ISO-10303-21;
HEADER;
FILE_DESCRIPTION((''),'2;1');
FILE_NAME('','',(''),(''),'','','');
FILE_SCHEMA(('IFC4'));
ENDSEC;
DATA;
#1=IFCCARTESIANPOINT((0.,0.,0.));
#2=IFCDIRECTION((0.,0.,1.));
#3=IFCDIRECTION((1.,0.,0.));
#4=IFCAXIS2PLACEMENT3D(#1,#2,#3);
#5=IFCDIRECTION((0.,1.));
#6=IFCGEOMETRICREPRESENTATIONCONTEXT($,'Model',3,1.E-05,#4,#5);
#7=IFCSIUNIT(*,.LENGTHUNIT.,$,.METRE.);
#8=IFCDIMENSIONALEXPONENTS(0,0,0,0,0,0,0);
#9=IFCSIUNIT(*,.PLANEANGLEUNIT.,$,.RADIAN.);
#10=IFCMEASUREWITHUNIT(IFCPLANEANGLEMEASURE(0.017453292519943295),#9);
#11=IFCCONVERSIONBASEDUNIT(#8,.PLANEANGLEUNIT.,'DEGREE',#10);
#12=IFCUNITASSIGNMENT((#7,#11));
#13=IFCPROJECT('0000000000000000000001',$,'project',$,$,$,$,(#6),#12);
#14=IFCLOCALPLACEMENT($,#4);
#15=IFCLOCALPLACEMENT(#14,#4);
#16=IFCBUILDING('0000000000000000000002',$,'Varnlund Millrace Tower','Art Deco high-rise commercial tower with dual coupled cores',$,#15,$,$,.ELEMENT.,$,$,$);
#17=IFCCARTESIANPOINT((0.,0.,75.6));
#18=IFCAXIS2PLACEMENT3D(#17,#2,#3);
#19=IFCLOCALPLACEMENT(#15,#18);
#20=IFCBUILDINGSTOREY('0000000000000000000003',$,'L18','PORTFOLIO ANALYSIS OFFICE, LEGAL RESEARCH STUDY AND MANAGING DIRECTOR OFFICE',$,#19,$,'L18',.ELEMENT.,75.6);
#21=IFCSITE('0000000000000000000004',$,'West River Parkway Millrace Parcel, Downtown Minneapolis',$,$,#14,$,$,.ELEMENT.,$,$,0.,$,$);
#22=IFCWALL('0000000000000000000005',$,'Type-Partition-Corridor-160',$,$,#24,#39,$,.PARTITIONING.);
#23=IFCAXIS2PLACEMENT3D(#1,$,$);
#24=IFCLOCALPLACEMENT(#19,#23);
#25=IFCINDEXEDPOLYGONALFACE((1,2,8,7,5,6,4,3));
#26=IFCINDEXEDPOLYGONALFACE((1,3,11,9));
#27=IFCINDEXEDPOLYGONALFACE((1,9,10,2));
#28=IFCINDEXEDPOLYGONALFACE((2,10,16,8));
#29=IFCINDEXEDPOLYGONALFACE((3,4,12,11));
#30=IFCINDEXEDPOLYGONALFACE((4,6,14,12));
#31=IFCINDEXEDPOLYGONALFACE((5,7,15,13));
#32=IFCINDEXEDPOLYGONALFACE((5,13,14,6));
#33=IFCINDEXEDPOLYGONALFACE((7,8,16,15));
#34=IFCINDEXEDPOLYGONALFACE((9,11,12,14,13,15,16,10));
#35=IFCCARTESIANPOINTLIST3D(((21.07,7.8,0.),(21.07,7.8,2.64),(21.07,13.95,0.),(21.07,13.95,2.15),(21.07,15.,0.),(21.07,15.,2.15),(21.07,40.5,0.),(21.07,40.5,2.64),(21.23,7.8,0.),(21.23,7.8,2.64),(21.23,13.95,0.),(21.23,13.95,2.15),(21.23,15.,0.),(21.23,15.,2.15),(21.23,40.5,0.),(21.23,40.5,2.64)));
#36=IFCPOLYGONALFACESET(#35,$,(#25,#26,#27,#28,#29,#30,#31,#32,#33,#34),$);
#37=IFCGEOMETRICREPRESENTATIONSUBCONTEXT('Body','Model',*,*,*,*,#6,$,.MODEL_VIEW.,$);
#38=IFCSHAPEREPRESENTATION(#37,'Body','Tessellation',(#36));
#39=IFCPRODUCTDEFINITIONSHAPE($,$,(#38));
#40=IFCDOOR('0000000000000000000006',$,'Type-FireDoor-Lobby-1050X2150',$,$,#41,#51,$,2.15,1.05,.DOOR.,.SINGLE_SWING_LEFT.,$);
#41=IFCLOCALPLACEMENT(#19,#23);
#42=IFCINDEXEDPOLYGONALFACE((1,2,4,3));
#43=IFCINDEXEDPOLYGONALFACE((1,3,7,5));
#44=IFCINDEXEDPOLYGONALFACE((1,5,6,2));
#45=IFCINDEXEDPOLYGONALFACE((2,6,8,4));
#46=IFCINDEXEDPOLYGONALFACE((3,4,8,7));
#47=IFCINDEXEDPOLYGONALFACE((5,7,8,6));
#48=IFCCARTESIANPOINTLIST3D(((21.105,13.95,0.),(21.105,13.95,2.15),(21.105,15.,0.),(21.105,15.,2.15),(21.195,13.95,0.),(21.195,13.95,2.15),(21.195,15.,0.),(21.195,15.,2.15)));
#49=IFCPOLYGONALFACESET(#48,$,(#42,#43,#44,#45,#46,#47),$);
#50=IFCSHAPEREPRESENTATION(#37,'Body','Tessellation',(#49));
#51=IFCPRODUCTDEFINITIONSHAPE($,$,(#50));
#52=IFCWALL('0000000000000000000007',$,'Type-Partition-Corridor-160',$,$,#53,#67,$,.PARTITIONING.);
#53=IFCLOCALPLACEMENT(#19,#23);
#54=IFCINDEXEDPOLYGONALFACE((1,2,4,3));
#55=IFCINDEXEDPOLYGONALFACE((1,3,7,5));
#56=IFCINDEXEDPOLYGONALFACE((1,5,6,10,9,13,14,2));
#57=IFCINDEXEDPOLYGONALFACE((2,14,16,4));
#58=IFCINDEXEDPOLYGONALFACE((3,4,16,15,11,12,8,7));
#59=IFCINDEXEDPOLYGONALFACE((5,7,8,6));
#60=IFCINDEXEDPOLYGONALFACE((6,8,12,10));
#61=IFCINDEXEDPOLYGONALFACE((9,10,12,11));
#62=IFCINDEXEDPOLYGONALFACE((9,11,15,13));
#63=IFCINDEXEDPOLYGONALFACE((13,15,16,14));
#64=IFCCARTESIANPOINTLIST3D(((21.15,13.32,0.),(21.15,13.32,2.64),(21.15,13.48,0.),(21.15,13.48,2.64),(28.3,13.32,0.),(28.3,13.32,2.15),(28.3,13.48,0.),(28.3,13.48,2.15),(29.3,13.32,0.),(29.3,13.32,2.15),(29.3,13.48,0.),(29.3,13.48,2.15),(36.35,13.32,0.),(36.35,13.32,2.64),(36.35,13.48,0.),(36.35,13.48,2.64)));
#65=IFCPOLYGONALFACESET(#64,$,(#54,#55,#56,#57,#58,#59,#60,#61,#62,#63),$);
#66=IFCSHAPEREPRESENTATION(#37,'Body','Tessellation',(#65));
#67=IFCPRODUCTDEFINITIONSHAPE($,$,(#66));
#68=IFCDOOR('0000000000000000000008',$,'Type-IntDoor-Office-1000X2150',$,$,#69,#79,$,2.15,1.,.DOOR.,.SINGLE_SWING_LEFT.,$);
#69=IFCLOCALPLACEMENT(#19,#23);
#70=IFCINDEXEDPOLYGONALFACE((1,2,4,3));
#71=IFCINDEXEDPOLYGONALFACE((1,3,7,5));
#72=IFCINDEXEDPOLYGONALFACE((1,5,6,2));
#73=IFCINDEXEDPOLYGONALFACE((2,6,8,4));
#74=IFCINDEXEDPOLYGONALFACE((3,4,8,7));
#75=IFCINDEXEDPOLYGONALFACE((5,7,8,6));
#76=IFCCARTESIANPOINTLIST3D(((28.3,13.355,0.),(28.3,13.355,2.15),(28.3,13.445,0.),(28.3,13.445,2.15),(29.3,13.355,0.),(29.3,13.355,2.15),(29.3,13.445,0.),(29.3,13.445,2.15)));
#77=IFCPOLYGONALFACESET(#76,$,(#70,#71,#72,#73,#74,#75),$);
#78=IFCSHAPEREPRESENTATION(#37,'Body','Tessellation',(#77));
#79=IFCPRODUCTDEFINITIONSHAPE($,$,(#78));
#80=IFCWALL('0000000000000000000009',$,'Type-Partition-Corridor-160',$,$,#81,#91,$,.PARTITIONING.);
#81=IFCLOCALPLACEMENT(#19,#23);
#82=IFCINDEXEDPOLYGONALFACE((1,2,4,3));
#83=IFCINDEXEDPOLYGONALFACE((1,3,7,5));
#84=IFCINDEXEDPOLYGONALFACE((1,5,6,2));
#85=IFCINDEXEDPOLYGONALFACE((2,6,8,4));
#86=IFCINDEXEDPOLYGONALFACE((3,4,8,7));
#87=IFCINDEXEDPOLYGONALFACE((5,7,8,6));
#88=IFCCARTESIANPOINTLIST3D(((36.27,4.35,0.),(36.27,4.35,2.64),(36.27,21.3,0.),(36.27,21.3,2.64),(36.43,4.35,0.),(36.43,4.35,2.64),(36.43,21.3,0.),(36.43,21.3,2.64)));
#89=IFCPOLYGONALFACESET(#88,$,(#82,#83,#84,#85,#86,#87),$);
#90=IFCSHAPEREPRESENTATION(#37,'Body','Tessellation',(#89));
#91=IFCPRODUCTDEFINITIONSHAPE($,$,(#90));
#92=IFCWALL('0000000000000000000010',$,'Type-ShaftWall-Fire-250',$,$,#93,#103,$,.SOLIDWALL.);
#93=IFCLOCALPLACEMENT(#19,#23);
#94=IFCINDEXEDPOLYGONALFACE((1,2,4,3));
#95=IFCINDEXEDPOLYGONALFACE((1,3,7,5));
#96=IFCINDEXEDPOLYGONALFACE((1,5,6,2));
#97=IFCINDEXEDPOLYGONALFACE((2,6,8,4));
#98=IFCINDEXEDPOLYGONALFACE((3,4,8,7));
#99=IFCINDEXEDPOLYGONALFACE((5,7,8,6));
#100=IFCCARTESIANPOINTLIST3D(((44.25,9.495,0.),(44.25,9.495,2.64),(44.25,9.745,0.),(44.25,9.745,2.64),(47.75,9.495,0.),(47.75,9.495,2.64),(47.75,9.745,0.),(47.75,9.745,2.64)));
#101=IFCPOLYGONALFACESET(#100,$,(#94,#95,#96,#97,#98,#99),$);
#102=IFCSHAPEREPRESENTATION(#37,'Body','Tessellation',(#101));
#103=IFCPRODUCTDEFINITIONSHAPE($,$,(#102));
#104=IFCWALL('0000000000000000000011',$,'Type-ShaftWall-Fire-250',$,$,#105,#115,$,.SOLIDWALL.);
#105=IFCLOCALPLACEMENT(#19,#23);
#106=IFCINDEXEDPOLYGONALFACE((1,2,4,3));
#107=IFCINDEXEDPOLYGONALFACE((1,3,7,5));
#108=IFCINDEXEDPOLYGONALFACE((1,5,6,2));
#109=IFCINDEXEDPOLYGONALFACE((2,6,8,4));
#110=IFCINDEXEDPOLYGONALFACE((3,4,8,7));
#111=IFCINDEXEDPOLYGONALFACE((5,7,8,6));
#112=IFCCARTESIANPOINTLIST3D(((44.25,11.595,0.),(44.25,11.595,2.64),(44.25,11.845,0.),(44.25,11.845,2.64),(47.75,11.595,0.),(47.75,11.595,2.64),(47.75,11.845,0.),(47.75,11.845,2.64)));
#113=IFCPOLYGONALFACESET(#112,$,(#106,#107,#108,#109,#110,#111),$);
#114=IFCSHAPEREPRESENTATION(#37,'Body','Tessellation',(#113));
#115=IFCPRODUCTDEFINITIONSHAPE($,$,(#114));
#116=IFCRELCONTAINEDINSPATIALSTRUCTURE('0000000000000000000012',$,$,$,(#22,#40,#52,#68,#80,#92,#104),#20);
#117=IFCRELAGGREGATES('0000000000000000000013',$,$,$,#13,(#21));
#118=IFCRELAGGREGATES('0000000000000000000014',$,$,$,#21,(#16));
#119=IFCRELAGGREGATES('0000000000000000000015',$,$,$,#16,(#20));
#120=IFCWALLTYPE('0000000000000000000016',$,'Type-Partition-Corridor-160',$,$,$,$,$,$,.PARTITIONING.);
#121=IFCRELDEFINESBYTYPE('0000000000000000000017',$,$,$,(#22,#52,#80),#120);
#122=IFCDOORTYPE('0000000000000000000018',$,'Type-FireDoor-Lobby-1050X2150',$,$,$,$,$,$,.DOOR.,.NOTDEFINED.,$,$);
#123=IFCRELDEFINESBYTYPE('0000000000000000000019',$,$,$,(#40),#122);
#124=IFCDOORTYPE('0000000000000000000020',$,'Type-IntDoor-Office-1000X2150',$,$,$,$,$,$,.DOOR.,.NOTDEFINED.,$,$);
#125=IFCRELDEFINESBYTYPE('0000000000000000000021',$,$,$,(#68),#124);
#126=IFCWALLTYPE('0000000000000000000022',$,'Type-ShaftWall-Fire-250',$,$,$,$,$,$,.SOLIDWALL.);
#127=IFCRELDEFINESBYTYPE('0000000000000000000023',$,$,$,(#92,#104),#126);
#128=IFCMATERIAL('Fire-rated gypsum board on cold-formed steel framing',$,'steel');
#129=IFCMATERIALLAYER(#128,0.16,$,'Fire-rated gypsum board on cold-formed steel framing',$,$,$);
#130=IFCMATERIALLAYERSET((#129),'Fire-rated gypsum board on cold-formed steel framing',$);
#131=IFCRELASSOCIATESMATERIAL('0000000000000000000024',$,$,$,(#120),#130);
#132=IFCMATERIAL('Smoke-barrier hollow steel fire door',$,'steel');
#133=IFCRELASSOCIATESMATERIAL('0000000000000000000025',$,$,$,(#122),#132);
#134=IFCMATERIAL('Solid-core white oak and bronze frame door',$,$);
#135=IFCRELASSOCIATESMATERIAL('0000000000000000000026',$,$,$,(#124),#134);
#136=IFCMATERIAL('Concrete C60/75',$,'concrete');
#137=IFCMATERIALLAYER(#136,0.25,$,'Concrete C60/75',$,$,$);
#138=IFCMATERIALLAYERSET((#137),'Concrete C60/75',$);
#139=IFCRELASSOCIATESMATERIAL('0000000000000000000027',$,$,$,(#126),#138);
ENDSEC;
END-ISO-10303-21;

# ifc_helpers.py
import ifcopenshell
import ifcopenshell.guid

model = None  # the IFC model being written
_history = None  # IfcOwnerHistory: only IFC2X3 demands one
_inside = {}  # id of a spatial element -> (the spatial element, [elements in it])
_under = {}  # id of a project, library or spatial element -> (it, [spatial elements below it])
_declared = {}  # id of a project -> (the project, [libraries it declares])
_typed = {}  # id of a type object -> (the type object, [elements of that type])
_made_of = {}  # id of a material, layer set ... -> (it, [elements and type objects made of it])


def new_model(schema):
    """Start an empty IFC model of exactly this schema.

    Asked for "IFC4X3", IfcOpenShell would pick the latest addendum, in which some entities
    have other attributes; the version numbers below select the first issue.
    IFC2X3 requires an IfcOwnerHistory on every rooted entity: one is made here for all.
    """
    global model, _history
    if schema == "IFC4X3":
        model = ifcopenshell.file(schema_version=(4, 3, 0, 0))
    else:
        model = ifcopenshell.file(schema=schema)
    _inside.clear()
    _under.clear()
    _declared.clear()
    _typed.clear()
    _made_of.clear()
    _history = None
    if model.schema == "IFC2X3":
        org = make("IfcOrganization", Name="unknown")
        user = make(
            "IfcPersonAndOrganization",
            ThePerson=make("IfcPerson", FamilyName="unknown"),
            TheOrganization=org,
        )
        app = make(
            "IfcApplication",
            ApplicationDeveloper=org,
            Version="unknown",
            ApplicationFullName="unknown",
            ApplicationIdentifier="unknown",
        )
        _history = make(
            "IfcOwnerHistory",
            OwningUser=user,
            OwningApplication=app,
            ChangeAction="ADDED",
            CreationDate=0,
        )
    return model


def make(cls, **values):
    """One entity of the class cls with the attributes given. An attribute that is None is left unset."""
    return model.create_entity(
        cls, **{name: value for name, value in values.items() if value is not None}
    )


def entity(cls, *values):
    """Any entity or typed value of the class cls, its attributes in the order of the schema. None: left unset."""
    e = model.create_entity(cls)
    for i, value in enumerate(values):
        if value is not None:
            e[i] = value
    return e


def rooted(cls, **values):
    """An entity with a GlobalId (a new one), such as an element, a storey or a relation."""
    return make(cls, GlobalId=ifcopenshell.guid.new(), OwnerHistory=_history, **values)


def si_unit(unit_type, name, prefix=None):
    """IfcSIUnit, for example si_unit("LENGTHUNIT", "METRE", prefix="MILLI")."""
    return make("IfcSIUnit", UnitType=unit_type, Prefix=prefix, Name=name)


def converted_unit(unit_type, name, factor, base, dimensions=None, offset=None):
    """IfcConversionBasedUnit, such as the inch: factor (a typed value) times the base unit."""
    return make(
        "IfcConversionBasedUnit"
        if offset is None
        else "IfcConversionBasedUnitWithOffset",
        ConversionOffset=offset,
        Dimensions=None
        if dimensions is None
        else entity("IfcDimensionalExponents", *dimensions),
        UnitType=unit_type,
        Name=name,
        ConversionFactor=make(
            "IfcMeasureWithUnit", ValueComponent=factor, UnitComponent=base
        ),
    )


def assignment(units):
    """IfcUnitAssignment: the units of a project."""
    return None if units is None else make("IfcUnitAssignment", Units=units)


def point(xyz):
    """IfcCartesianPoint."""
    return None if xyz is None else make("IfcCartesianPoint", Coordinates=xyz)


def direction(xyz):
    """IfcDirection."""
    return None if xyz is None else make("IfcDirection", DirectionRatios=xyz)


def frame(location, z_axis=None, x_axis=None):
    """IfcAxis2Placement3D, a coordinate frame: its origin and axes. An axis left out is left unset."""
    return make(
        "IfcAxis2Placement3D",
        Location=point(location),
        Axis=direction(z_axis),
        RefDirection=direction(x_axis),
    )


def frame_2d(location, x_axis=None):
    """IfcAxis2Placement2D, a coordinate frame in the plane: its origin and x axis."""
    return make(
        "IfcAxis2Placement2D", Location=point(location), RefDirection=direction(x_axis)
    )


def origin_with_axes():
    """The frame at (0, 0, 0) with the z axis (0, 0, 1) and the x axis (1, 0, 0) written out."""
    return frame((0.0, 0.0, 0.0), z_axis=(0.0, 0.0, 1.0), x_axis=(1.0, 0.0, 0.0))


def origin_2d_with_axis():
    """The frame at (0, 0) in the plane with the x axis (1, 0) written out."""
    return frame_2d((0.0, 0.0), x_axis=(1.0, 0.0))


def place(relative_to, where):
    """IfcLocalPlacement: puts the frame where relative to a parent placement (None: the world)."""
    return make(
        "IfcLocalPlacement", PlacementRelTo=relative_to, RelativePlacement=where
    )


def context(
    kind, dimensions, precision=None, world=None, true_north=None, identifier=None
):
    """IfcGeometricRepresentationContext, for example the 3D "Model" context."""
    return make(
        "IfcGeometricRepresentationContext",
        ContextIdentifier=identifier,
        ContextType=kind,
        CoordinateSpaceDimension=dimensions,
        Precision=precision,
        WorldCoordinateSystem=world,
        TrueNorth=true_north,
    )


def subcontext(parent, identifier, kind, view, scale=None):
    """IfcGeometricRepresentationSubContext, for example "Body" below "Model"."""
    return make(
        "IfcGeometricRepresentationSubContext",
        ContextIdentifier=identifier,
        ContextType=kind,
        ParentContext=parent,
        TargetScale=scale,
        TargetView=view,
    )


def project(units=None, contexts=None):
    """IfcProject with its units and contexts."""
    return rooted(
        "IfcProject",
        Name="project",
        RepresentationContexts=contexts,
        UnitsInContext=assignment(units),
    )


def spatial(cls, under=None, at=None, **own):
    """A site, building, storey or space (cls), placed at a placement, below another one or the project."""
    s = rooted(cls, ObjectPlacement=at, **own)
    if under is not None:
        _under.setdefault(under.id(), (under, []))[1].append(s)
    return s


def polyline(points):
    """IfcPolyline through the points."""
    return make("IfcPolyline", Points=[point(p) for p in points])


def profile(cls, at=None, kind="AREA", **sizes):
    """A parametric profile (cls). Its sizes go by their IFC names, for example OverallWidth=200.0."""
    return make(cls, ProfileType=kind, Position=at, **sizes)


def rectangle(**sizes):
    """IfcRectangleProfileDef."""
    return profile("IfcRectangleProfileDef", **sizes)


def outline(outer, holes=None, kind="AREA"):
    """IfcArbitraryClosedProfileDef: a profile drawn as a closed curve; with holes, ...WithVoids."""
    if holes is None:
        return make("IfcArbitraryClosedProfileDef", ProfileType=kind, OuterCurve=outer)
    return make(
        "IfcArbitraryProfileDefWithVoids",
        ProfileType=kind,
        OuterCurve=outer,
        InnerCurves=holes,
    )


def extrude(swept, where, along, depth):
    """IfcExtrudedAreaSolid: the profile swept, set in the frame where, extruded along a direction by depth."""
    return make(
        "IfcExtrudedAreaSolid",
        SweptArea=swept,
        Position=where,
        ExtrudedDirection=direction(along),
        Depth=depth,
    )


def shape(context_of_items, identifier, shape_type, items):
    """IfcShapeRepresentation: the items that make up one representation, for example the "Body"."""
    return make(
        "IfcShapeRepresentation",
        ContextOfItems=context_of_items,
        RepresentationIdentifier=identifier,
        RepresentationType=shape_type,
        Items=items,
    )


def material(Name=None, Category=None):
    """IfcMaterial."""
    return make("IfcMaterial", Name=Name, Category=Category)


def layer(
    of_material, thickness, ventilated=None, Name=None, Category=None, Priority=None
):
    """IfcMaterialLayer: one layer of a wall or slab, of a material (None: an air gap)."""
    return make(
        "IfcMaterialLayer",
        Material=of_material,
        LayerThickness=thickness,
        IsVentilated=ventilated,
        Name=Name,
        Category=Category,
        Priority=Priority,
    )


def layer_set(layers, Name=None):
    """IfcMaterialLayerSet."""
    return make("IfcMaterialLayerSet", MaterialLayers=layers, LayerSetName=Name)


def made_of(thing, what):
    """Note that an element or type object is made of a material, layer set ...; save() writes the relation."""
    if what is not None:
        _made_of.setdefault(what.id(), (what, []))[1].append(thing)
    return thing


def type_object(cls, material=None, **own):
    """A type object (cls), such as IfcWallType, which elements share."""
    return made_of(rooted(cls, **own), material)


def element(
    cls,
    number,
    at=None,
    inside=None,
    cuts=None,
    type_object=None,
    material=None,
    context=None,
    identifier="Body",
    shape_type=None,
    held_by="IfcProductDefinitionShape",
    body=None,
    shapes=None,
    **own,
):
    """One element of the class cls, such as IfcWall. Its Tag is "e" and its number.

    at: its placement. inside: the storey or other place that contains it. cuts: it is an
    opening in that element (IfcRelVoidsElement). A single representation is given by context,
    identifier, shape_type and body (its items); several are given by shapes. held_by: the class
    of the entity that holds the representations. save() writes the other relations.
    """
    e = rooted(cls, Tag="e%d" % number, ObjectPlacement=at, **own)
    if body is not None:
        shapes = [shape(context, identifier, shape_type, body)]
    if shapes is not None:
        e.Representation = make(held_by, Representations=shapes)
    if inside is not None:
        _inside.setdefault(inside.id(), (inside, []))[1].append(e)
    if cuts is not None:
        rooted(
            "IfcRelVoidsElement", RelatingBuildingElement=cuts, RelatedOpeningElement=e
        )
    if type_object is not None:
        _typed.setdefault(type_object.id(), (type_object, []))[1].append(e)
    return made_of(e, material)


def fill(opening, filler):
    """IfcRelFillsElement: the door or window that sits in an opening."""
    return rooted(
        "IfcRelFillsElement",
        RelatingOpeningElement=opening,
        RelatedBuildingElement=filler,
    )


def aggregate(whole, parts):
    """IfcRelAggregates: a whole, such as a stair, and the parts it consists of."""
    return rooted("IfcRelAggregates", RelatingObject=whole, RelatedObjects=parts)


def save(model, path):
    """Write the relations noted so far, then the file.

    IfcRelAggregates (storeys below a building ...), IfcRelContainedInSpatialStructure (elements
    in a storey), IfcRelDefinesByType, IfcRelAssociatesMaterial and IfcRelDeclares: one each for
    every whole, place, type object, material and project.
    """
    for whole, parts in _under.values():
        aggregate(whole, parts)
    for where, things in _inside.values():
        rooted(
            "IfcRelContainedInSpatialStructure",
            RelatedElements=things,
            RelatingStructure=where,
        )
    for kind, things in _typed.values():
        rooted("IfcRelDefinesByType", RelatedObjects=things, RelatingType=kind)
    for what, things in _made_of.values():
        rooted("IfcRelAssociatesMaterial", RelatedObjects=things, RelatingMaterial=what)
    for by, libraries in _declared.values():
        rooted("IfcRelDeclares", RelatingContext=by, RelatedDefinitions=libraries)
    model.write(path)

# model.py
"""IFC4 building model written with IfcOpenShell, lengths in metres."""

from ifc_helpers import new_model, entity, si_unit, converted_unit, direction, frame, origin_with_axes, origin_2d_with_axis, place, context, subcontext, project, spatial, polyline, rectangle, outline, extrude, material, layer, layer_set, type_object, element, fill, save


model = new_model("IFC4")

# Units and contexts
model_context = context("Model", 3, precision=1e-05, world=origin_with_axes(), true_north=direction((0.0, 1.0)))
body_context = subcontext(model_context, "Body", "Model", "MODEL_VIEW")
ifc_project = project(units=[si_unit("LENGTHUNIT", "METRE"), converted_unit("PLANEANGLEUNIT", "DEGREE", entity("IfcPlaneAngleMeasure", 0.017453292519943295), si_unit("PLANEANGLEUNIT", "RADIAN"), dimensions=[0, 0, 0, 0, 0, 0, 0])], contexts=[model_context])

# Site, building, storey
site_placement = place(None, origin_with_axes())
site = spatial("IfcSite", under=ifc_project, at=site_placement, Name="West River Parkway Millrace Parcel, Downtown Minneapolis", CompositionType="ELEMENT", RefElevation=0.0)
building_placement = place(site_placement, origin_with_axes())
building = spatial("IfcBuilding", under=site, at=building_placement, Name="Varnlund Millrace Tower", Description="Art Deco high-rise commercial tower with dual coupled cores", CompositionType="ELEMENT")
storey_placement = place(building_placement, frame((0.0, 0.0, 75.6), z_axis=(0.0, 0.0, 1.0), x_axis=(1.0, 0.0, 0.0)))
storey = spatial("IfcBuildingStorey", under=building, at=storey_placement, Name="L18", Description="PORTFOLIO ANALYSIS OFFICE, LEGAL RESEARCH STUDY AND MANAGING DIRECTOR OFFICE", LongName="L18", CompositionType="ELEMENT", Elevation=75.6)

# Walls, openings, doors
ifc_material_1 = material(Name="Fire-rated gypsum board on cold-formed steel framing", Category="steel")
ifc_layer_1 = layer(ifc_material_1, 0.16, Name="Fire-rated gypsum board on cold-formed steel framing")
ifc_layer_set_1 = layer_set([ifc_layer_1], Name="Fire-rated gypsum board on cold-formed steel framing")
wall_type_1 = type_object("IfcWallType", Name="Type-Partition-Corridor-160", PredefinedType="PARTITIONING", material=ifc_layer_set_1)
wall_1_placement = place(storey_placement, frame((21.15, 7.8, 0.0), z_axis=(0.0, 0.0, 1.0), x_axis=(0.0, 1.0, 0.0)))
wall_1 = element("IfcWall", 1, at=wall_1_placement, inside=storey, type_object=wall_type_1, Name="Type-Partition-Corridor-160", PredefinedType="PARTITIONING", context=body_context, shape_type="SweptSolid", body=[
    extrude(outline(polyline([(0.0, -0.08), (32.7, -0.08), (32.7, 0.08), (0.0, 0.08), (0.0, -0.08)])), origin_with_axes(), (0.0, 0.0, 1.0), 2.64),
])
opening_1_placement = place(wall_1_placement, frame((6.675, 0.0, 0.0), z_axis=(0.0, 0.0, 1.0), x_axis=(1.0, 0.0, 0.0)))
opening_1 = element("IfcOpeningElement", 2, at=opening_1_placement, cuts=wall_1, PredefinedType="OPENING", context=body_context, shape_type="SweptSolid", body=[
    extrude(rectangle(XDim=1.05, YDim=0.18, at=origin_2d_with_axis()), origin_with_axes(), (0.0, 0.0, 1.0), 2.15),
])
ifc_material_2 = material(Name="Smoke-barrier hollow steel fire door", Category="steel")
door_type_1 = type_object("IfcDoorType", Name="Type-FireDoor-Lobby-1050X2150", OperationType="NOTDEFINED", PredefinedType="DOOR", material=ifc_material_2)
door_1_placement = place(wall_1_placement, frame((6.675, 0.0, 0.0), z_axis=(0.0, 0.0, 1.0), x_axis=(1.0, 0.0, 0.0)))
door_1 = element("IfcDoor", 3, at=door_1_placement, inside=storey, type_object=door_type_1, Name="Type-FireDoor-Lobby-1050X2150", OperationType="SINGLE_SWING_LEFT", OverallHeight=2.15, OverallWidth=1.05, PredefinedType="DOOR", context=body_context, shape_type="SweptSolid", body=[
    extrude(rectangle(XDim=1.05, YDim=0.09, at=origin_2d_with_axis()), origin_with_axes(), (0.0, 0.0, 1.0), 2.15),
])
fill(opening_1, door_1)
wall_2_placement = place(storey_placement, frame((21.15, 13.4, 0.0), z_axis=(0.0, 0.0, 1.0), x_axis=(1.0, 0.0, 0.0)))
wall_2 = element("IfcWall", 4, at=wall_2_placement, inside=storey, type_object=wall_type_1, Name="Type-Partition-Corridor-160", PredefinedType="PARTITIONING", context=body_context, shape_type="SweptSolid", body=[
    extrude(outline(polyline([(0.0, -0.08), (15.2, -0.08), (15.2, 0.08), (0.0, 0.08), (0.0, -0.08)])), origin_with_axes(), (0.0, 0.0, 1.0), 2.64),
])
opening_2_placement = place(wall_2_placement, frame((7.65, 0.0, 0.0), z_axis=(0.0, 0.0, 1.0), x_axis=(1.0, 0.0, 0.0)))
opening_2 = element("IfcOpeningElement", 5, at=opening_2_placement, cuts=wall_2, PredefinedType="OPENING", context=body_context, shape_type="SweptSolid", body=[
    extrude(rectangle(XDim=1.0, YDim=0.18, at=origin_2d_with_axis()), origin_with_axes(), (0.0, 0.0, 1.0), 2.15),
])
ifc_material_3 = material(Name="Solid-core white oak and bronze frame door")
door_type_2 = type_object("IfcDoorType", Name="Type-IntDoor-Office-1000X2150", OperationType="NOTDEFINED", PredefinedType="DOOR", material=ifc_material_3)
door_2_placement = place(wall_2_placement, frame((7.65, 0.0, 0.0), z_axis=(0.0, 0.0, 1.0), x_axis=(1.0, 0.0, 0.0)))
door_2 = element("IfcDoor", 6, at=door_2_placement, inside=storey, type_object=door_type_2, Name="Type-IntDoor-Office-1000X2150", OperationType="SINGLE_SWING_LEFT", OverallHeight=2.15, OverallWidth=1.0, PredefinedType="DOOR", context=body_context, shape_type="SweptSolid", body=[
    extrude(rectangle(XDim=1.0, YDim=0.09, at=origin_2d_with_axis()), origin_with_axes(), (0.0, 0.0, 1.0), 2.15),
])
fill(opening_2, door_2)

# Walls
wall_3_placement = place(storey_placement, frame((36.35, 4.35, 0.0), z_axis=(0.0, 0.0, 1.0), x_axis=(0.0, 1.0, 0.0)))
element("IfcWall", 7, at=wall_3_placement, inside=storey, type_object=wall_type_1, Name="Type-Partition-Corridor-160", PredefinedType="PARTITIONING", context=body_context, shape_type="SweptSolid", body=[
    extrude(outline(polyline([(0.0, -0.08), (16.95, -0.08), (16.95, 0.08), (0.0, 0.08), (0.0, -0.08)])), origin_with_axes(), (0.0, 0.0, 1.0), 2.64),
])
ifc_material_4 = material(Name="Concrete C60/75", Category="concrete")
ifc_layer_2 = layer(ifc_material_4, 0.25, Name="Concrete C60/75")
ifc_layer_set_2 = layer_set([ifc_layer_2], Name="Concrete C60/75")
wall_type_2 = type_object("IfcWallType", Name="Type-ShaftWall-Fire-250", PredefinedType="SOLIDWALL", material=ifc_layer_set_2)
for number, where, z_axis, x_axis, name in (
    (8, (44.25, 9.62, 0.0), (0.0, 0.0, 1.0), (1.0, 0.0, 0.0), "Type-ShaftWall-Fire-250"),
    (9, (44.25, 11.72, 0.0), (0.0, 0.0, 1.0), (1.0, 0.0, 0.0), "Type-ShaftWall-Fire-250"),
):
    element("IfcWall", number, at=place(storey_placement, frame(where, z_axis=z_axis, x_axis=x_axis)), inside=storey, type_object=wall_type_2, Name=name, PredefinedType="SOLIDWALL", context=body_context, shape_type="SweptSolid", body=[
        extrude(outline(polyline([(0.0, -0.125), (3.5, -0.125), (3.5, 0.125), (0.0, 0.125), (0.0, -0.125)])), origin_with_axes(), (0.0, 0.0, 1.0), 2.64),
    ])

save(model, "model.ifc")
